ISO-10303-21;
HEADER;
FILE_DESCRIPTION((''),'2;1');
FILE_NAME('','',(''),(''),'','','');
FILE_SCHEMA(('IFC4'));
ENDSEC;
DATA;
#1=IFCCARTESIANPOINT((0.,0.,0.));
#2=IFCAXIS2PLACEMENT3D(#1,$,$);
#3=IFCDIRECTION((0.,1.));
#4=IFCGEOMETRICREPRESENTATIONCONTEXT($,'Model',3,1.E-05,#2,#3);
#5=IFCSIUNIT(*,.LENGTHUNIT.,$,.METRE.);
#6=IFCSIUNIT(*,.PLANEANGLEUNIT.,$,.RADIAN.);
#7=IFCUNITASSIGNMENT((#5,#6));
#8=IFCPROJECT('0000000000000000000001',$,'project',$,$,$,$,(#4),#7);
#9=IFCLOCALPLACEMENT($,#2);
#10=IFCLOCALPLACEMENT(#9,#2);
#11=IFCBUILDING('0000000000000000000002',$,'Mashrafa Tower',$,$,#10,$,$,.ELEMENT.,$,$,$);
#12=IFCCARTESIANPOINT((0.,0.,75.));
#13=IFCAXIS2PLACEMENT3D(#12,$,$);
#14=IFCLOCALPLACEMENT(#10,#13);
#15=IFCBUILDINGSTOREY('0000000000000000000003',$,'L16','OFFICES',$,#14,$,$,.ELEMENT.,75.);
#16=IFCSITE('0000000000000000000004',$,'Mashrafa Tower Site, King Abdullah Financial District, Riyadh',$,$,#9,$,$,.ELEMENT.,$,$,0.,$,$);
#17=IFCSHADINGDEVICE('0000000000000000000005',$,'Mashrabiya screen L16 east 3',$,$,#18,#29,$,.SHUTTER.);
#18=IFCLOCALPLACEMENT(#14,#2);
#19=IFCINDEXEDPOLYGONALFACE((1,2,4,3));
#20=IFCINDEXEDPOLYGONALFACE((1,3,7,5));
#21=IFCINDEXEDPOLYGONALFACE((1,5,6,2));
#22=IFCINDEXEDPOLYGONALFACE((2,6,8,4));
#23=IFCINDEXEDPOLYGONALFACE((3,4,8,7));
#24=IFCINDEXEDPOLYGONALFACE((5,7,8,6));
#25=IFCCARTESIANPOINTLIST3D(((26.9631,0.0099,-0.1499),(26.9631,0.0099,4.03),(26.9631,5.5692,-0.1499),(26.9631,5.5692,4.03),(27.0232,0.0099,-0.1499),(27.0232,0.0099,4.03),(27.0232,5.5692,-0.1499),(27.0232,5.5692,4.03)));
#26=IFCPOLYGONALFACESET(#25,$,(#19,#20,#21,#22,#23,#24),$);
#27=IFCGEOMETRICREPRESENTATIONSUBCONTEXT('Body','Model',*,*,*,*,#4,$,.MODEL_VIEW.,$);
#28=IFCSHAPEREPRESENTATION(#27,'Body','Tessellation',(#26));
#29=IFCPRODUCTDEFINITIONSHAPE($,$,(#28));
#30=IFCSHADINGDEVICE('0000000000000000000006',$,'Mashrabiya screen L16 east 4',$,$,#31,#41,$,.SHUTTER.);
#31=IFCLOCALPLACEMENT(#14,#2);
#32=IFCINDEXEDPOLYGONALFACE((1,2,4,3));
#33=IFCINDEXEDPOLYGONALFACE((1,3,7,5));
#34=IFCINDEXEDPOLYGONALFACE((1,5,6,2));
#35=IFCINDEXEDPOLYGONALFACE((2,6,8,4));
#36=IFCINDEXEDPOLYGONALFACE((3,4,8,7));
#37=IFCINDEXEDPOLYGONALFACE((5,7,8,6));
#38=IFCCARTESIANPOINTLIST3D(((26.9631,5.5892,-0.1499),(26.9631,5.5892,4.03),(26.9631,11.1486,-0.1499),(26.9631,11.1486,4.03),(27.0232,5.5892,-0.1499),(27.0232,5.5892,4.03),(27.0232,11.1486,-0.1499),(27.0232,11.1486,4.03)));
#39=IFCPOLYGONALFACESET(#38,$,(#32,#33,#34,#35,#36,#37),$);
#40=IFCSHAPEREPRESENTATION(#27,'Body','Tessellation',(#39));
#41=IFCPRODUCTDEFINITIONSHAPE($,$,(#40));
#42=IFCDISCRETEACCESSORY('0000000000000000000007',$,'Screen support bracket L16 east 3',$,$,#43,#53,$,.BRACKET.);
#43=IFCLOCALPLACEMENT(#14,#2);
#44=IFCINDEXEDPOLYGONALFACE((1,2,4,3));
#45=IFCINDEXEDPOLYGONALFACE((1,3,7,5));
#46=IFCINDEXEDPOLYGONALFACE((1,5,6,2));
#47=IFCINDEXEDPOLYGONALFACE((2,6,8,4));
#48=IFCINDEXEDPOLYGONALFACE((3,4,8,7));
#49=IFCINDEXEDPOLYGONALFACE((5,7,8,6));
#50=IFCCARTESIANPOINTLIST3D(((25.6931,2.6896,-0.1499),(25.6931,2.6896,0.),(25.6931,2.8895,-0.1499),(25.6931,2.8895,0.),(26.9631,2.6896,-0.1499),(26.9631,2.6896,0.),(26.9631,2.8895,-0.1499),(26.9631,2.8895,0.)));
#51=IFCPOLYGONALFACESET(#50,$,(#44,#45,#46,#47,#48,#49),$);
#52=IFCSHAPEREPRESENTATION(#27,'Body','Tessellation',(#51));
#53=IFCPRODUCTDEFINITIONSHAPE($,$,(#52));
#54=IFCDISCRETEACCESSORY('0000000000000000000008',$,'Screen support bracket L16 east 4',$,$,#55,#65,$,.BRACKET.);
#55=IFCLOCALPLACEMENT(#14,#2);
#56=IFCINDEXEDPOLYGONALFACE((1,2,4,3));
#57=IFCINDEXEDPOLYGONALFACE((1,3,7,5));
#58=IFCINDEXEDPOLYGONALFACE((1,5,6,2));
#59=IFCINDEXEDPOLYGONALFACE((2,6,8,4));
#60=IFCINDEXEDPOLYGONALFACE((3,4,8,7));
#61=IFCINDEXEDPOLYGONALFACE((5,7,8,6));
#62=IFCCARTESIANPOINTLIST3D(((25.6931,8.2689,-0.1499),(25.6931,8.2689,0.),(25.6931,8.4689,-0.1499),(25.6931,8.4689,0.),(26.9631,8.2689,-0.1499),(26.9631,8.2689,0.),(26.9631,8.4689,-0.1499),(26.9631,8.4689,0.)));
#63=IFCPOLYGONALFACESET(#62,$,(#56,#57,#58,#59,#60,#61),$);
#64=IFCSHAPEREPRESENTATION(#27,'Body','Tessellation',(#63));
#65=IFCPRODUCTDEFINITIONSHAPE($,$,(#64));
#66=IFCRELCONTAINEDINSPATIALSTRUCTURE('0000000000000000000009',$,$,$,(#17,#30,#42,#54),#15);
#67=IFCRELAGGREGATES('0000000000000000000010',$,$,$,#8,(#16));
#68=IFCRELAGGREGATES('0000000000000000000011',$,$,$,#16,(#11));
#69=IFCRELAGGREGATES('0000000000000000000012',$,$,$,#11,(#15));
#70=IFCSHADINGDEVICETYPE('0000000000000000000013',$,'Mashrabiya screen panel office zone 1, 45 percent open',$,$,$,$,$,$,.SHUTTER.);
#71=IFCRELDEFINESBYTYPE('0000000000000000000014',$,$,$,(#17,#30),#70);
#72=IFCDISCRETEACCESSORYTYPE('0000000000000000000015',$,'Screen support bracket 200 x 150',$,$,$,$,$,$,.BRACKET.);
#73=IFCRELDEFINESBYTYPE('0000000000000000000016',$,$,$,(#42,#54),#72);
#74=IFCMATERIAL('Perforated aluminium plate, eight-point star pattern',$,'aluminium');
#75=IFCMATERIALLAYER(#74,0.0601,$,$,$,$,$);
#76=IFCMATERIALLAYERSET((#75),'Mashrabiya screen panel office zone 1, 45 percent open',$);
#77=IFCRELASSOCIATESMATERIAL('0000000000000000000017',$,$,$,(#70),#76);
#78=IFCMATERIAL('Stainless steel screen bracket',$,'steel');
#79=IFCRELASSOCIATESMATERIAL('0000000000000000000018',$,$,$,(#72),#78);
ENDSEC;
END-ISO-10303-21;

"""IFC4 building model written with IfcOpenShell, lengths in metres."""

from ifc_helpers import new_model, si_unit, direction, frame, origin, origin_2d, place, context, subcontext, project, spatial, rectangle, extrude, source, transform, mapped, material, layer, layer_set, type_object, type_shapes, element, save


model = new_model("IFC4")

# Units and contexts
model_context = context("Model", 3, precision=1e-05, world=origin(), true_north=direction((0.0, 1.0)))
body_context = subcontext(model_context, "Body", "Model", "MODEL_VIEW")
ifc_project = project(units=[si_unit("LENGTHUNIT", "METRE"), si_unit("PLANEANGLEUNIT", "RADIAN")], contexts=[model_context])

# Site, building, storey
site_placement = place(None, origin())
site = spatial("IfcSite", under=ifc_project, at=site_placement, Name="Mashrafa Tower Site, King Abdullah Financial District, Riyadh", CompositionType="ELEMENT", RefElevation=0.0)
building_placement = place(site_placement, origin())
building = spatial("IfcBuilding", under=site, at=building_placement, Name="Mashrafa Tower", CompositionType="ELEMENT")
storey_placement = place(building_placement, frame((0.0, 0.0, 75.0)))
storey = spatial("IfcBuildingStorey", under=building, at=storey_placement, Name="L16", Description="OFFICES", CompositionType="ELEMENT", Elevation=75.0)

# Shading devices
ifc_material_1 = material(Name="Perforated aluminium plate, eight-point star pattern", Category="aluminium")
ifc_layer_1 = layer(ifc_material_1, 0.0601)
ifc_layer_set_1 = layer_set([ifc_layer_1], Name="Mashrabiya screen panel office zone 1, 45 percent open")
shading_device_type = type_object("IfcShadingDeviceType", Name="Mashrabiya screen panel office zone 1, 45 percent open", PredefinedType="SHUTTER", material=ifc_layer_set_1)
shared_shape_1 = source(origin(), body_context, "Body", "SweptSolid", [
    extrude(rectangle(XDim=5.5593, YDim=0.0601, at=origin_2d()), origin(), (0.0, 0.0, 1.0), 4.1799),
])
type_shapes(shading_device_type, [shared_shape_1])
for number, where, z_axis, x_axis, name in (
    (1, (26.9932, 2.7896, -0.1499), (0.0, 0.0, 1.0), (0.0, 1.0, 0.0), "Mashrabiya screen L16 east 3"),
    (2, (26.9932, 8.3689, -0.1499), (0.0, 0.0, 1.0), (0.0, 1.0, 0.0), "Mashrabiya screen L16 east 4"),
):
    element("IfcShadingDevice", number, at=place(storey_placement, frame(where, z_axis=z_axis, x_axis=x_axis)), inside=storey, type_object=shading_device_type, Name=name, PredefinedType="SHUTTER", context=body_context, shape_type="MappedRepresentation", body=[
        mapped(shared_shape_1, transform((0.0, 0.0, 0.0))),
    ])

# Discrete accessories
ifc_material_2 = material(Name="Stainless steel screen bracket", Category="steel")
discrete_accessory_type = type_object("IfcDiscreteAccessoryType", Name="Screen support bracket 200 x 150", PredefinedType="BRACKET", material=ifc_material_2)
shared_shape_2 = source(origin(), body_context, "Body", "SweptSolid", [
    extrude(rectangle(XDim=0.2, YDim=1.27, at=origin_2d()), origin(), (0.0, 0.0, 1.0), 0.1499),
])
type_shapes(discrete_accessory_type, [shared_shape_2])
for number, where, z_axis, x_axis, name in (
    (3, (26.3281, 2.7896, -0.1499), (0.0, 0.0, 1.0), (0.0, 1.0, 0.0), "Screen support bracket L16 east 3"),
    (4, (26.3281, 8.3689, -0.1499), (0.0, 0.0, 1.0), (0.0, 1.0, 0.0), "Screen support bracket L16 east 4"),
):
    element("IfcDiscreteAccessory", number, at=place(storey_placement, frame(where, z_axis=z_axis, x_axis=x_axis)), inside=storey, type_object=discrete_accessory_type, Name=name, PredefinedType="BRACKET", context=body_context, shape_type="MappedRepresentation", body=[
        mapped(shared_shape_2, transform((0.0, 0.0, 0.0))),
    ])

save(model, "model.ifc")
